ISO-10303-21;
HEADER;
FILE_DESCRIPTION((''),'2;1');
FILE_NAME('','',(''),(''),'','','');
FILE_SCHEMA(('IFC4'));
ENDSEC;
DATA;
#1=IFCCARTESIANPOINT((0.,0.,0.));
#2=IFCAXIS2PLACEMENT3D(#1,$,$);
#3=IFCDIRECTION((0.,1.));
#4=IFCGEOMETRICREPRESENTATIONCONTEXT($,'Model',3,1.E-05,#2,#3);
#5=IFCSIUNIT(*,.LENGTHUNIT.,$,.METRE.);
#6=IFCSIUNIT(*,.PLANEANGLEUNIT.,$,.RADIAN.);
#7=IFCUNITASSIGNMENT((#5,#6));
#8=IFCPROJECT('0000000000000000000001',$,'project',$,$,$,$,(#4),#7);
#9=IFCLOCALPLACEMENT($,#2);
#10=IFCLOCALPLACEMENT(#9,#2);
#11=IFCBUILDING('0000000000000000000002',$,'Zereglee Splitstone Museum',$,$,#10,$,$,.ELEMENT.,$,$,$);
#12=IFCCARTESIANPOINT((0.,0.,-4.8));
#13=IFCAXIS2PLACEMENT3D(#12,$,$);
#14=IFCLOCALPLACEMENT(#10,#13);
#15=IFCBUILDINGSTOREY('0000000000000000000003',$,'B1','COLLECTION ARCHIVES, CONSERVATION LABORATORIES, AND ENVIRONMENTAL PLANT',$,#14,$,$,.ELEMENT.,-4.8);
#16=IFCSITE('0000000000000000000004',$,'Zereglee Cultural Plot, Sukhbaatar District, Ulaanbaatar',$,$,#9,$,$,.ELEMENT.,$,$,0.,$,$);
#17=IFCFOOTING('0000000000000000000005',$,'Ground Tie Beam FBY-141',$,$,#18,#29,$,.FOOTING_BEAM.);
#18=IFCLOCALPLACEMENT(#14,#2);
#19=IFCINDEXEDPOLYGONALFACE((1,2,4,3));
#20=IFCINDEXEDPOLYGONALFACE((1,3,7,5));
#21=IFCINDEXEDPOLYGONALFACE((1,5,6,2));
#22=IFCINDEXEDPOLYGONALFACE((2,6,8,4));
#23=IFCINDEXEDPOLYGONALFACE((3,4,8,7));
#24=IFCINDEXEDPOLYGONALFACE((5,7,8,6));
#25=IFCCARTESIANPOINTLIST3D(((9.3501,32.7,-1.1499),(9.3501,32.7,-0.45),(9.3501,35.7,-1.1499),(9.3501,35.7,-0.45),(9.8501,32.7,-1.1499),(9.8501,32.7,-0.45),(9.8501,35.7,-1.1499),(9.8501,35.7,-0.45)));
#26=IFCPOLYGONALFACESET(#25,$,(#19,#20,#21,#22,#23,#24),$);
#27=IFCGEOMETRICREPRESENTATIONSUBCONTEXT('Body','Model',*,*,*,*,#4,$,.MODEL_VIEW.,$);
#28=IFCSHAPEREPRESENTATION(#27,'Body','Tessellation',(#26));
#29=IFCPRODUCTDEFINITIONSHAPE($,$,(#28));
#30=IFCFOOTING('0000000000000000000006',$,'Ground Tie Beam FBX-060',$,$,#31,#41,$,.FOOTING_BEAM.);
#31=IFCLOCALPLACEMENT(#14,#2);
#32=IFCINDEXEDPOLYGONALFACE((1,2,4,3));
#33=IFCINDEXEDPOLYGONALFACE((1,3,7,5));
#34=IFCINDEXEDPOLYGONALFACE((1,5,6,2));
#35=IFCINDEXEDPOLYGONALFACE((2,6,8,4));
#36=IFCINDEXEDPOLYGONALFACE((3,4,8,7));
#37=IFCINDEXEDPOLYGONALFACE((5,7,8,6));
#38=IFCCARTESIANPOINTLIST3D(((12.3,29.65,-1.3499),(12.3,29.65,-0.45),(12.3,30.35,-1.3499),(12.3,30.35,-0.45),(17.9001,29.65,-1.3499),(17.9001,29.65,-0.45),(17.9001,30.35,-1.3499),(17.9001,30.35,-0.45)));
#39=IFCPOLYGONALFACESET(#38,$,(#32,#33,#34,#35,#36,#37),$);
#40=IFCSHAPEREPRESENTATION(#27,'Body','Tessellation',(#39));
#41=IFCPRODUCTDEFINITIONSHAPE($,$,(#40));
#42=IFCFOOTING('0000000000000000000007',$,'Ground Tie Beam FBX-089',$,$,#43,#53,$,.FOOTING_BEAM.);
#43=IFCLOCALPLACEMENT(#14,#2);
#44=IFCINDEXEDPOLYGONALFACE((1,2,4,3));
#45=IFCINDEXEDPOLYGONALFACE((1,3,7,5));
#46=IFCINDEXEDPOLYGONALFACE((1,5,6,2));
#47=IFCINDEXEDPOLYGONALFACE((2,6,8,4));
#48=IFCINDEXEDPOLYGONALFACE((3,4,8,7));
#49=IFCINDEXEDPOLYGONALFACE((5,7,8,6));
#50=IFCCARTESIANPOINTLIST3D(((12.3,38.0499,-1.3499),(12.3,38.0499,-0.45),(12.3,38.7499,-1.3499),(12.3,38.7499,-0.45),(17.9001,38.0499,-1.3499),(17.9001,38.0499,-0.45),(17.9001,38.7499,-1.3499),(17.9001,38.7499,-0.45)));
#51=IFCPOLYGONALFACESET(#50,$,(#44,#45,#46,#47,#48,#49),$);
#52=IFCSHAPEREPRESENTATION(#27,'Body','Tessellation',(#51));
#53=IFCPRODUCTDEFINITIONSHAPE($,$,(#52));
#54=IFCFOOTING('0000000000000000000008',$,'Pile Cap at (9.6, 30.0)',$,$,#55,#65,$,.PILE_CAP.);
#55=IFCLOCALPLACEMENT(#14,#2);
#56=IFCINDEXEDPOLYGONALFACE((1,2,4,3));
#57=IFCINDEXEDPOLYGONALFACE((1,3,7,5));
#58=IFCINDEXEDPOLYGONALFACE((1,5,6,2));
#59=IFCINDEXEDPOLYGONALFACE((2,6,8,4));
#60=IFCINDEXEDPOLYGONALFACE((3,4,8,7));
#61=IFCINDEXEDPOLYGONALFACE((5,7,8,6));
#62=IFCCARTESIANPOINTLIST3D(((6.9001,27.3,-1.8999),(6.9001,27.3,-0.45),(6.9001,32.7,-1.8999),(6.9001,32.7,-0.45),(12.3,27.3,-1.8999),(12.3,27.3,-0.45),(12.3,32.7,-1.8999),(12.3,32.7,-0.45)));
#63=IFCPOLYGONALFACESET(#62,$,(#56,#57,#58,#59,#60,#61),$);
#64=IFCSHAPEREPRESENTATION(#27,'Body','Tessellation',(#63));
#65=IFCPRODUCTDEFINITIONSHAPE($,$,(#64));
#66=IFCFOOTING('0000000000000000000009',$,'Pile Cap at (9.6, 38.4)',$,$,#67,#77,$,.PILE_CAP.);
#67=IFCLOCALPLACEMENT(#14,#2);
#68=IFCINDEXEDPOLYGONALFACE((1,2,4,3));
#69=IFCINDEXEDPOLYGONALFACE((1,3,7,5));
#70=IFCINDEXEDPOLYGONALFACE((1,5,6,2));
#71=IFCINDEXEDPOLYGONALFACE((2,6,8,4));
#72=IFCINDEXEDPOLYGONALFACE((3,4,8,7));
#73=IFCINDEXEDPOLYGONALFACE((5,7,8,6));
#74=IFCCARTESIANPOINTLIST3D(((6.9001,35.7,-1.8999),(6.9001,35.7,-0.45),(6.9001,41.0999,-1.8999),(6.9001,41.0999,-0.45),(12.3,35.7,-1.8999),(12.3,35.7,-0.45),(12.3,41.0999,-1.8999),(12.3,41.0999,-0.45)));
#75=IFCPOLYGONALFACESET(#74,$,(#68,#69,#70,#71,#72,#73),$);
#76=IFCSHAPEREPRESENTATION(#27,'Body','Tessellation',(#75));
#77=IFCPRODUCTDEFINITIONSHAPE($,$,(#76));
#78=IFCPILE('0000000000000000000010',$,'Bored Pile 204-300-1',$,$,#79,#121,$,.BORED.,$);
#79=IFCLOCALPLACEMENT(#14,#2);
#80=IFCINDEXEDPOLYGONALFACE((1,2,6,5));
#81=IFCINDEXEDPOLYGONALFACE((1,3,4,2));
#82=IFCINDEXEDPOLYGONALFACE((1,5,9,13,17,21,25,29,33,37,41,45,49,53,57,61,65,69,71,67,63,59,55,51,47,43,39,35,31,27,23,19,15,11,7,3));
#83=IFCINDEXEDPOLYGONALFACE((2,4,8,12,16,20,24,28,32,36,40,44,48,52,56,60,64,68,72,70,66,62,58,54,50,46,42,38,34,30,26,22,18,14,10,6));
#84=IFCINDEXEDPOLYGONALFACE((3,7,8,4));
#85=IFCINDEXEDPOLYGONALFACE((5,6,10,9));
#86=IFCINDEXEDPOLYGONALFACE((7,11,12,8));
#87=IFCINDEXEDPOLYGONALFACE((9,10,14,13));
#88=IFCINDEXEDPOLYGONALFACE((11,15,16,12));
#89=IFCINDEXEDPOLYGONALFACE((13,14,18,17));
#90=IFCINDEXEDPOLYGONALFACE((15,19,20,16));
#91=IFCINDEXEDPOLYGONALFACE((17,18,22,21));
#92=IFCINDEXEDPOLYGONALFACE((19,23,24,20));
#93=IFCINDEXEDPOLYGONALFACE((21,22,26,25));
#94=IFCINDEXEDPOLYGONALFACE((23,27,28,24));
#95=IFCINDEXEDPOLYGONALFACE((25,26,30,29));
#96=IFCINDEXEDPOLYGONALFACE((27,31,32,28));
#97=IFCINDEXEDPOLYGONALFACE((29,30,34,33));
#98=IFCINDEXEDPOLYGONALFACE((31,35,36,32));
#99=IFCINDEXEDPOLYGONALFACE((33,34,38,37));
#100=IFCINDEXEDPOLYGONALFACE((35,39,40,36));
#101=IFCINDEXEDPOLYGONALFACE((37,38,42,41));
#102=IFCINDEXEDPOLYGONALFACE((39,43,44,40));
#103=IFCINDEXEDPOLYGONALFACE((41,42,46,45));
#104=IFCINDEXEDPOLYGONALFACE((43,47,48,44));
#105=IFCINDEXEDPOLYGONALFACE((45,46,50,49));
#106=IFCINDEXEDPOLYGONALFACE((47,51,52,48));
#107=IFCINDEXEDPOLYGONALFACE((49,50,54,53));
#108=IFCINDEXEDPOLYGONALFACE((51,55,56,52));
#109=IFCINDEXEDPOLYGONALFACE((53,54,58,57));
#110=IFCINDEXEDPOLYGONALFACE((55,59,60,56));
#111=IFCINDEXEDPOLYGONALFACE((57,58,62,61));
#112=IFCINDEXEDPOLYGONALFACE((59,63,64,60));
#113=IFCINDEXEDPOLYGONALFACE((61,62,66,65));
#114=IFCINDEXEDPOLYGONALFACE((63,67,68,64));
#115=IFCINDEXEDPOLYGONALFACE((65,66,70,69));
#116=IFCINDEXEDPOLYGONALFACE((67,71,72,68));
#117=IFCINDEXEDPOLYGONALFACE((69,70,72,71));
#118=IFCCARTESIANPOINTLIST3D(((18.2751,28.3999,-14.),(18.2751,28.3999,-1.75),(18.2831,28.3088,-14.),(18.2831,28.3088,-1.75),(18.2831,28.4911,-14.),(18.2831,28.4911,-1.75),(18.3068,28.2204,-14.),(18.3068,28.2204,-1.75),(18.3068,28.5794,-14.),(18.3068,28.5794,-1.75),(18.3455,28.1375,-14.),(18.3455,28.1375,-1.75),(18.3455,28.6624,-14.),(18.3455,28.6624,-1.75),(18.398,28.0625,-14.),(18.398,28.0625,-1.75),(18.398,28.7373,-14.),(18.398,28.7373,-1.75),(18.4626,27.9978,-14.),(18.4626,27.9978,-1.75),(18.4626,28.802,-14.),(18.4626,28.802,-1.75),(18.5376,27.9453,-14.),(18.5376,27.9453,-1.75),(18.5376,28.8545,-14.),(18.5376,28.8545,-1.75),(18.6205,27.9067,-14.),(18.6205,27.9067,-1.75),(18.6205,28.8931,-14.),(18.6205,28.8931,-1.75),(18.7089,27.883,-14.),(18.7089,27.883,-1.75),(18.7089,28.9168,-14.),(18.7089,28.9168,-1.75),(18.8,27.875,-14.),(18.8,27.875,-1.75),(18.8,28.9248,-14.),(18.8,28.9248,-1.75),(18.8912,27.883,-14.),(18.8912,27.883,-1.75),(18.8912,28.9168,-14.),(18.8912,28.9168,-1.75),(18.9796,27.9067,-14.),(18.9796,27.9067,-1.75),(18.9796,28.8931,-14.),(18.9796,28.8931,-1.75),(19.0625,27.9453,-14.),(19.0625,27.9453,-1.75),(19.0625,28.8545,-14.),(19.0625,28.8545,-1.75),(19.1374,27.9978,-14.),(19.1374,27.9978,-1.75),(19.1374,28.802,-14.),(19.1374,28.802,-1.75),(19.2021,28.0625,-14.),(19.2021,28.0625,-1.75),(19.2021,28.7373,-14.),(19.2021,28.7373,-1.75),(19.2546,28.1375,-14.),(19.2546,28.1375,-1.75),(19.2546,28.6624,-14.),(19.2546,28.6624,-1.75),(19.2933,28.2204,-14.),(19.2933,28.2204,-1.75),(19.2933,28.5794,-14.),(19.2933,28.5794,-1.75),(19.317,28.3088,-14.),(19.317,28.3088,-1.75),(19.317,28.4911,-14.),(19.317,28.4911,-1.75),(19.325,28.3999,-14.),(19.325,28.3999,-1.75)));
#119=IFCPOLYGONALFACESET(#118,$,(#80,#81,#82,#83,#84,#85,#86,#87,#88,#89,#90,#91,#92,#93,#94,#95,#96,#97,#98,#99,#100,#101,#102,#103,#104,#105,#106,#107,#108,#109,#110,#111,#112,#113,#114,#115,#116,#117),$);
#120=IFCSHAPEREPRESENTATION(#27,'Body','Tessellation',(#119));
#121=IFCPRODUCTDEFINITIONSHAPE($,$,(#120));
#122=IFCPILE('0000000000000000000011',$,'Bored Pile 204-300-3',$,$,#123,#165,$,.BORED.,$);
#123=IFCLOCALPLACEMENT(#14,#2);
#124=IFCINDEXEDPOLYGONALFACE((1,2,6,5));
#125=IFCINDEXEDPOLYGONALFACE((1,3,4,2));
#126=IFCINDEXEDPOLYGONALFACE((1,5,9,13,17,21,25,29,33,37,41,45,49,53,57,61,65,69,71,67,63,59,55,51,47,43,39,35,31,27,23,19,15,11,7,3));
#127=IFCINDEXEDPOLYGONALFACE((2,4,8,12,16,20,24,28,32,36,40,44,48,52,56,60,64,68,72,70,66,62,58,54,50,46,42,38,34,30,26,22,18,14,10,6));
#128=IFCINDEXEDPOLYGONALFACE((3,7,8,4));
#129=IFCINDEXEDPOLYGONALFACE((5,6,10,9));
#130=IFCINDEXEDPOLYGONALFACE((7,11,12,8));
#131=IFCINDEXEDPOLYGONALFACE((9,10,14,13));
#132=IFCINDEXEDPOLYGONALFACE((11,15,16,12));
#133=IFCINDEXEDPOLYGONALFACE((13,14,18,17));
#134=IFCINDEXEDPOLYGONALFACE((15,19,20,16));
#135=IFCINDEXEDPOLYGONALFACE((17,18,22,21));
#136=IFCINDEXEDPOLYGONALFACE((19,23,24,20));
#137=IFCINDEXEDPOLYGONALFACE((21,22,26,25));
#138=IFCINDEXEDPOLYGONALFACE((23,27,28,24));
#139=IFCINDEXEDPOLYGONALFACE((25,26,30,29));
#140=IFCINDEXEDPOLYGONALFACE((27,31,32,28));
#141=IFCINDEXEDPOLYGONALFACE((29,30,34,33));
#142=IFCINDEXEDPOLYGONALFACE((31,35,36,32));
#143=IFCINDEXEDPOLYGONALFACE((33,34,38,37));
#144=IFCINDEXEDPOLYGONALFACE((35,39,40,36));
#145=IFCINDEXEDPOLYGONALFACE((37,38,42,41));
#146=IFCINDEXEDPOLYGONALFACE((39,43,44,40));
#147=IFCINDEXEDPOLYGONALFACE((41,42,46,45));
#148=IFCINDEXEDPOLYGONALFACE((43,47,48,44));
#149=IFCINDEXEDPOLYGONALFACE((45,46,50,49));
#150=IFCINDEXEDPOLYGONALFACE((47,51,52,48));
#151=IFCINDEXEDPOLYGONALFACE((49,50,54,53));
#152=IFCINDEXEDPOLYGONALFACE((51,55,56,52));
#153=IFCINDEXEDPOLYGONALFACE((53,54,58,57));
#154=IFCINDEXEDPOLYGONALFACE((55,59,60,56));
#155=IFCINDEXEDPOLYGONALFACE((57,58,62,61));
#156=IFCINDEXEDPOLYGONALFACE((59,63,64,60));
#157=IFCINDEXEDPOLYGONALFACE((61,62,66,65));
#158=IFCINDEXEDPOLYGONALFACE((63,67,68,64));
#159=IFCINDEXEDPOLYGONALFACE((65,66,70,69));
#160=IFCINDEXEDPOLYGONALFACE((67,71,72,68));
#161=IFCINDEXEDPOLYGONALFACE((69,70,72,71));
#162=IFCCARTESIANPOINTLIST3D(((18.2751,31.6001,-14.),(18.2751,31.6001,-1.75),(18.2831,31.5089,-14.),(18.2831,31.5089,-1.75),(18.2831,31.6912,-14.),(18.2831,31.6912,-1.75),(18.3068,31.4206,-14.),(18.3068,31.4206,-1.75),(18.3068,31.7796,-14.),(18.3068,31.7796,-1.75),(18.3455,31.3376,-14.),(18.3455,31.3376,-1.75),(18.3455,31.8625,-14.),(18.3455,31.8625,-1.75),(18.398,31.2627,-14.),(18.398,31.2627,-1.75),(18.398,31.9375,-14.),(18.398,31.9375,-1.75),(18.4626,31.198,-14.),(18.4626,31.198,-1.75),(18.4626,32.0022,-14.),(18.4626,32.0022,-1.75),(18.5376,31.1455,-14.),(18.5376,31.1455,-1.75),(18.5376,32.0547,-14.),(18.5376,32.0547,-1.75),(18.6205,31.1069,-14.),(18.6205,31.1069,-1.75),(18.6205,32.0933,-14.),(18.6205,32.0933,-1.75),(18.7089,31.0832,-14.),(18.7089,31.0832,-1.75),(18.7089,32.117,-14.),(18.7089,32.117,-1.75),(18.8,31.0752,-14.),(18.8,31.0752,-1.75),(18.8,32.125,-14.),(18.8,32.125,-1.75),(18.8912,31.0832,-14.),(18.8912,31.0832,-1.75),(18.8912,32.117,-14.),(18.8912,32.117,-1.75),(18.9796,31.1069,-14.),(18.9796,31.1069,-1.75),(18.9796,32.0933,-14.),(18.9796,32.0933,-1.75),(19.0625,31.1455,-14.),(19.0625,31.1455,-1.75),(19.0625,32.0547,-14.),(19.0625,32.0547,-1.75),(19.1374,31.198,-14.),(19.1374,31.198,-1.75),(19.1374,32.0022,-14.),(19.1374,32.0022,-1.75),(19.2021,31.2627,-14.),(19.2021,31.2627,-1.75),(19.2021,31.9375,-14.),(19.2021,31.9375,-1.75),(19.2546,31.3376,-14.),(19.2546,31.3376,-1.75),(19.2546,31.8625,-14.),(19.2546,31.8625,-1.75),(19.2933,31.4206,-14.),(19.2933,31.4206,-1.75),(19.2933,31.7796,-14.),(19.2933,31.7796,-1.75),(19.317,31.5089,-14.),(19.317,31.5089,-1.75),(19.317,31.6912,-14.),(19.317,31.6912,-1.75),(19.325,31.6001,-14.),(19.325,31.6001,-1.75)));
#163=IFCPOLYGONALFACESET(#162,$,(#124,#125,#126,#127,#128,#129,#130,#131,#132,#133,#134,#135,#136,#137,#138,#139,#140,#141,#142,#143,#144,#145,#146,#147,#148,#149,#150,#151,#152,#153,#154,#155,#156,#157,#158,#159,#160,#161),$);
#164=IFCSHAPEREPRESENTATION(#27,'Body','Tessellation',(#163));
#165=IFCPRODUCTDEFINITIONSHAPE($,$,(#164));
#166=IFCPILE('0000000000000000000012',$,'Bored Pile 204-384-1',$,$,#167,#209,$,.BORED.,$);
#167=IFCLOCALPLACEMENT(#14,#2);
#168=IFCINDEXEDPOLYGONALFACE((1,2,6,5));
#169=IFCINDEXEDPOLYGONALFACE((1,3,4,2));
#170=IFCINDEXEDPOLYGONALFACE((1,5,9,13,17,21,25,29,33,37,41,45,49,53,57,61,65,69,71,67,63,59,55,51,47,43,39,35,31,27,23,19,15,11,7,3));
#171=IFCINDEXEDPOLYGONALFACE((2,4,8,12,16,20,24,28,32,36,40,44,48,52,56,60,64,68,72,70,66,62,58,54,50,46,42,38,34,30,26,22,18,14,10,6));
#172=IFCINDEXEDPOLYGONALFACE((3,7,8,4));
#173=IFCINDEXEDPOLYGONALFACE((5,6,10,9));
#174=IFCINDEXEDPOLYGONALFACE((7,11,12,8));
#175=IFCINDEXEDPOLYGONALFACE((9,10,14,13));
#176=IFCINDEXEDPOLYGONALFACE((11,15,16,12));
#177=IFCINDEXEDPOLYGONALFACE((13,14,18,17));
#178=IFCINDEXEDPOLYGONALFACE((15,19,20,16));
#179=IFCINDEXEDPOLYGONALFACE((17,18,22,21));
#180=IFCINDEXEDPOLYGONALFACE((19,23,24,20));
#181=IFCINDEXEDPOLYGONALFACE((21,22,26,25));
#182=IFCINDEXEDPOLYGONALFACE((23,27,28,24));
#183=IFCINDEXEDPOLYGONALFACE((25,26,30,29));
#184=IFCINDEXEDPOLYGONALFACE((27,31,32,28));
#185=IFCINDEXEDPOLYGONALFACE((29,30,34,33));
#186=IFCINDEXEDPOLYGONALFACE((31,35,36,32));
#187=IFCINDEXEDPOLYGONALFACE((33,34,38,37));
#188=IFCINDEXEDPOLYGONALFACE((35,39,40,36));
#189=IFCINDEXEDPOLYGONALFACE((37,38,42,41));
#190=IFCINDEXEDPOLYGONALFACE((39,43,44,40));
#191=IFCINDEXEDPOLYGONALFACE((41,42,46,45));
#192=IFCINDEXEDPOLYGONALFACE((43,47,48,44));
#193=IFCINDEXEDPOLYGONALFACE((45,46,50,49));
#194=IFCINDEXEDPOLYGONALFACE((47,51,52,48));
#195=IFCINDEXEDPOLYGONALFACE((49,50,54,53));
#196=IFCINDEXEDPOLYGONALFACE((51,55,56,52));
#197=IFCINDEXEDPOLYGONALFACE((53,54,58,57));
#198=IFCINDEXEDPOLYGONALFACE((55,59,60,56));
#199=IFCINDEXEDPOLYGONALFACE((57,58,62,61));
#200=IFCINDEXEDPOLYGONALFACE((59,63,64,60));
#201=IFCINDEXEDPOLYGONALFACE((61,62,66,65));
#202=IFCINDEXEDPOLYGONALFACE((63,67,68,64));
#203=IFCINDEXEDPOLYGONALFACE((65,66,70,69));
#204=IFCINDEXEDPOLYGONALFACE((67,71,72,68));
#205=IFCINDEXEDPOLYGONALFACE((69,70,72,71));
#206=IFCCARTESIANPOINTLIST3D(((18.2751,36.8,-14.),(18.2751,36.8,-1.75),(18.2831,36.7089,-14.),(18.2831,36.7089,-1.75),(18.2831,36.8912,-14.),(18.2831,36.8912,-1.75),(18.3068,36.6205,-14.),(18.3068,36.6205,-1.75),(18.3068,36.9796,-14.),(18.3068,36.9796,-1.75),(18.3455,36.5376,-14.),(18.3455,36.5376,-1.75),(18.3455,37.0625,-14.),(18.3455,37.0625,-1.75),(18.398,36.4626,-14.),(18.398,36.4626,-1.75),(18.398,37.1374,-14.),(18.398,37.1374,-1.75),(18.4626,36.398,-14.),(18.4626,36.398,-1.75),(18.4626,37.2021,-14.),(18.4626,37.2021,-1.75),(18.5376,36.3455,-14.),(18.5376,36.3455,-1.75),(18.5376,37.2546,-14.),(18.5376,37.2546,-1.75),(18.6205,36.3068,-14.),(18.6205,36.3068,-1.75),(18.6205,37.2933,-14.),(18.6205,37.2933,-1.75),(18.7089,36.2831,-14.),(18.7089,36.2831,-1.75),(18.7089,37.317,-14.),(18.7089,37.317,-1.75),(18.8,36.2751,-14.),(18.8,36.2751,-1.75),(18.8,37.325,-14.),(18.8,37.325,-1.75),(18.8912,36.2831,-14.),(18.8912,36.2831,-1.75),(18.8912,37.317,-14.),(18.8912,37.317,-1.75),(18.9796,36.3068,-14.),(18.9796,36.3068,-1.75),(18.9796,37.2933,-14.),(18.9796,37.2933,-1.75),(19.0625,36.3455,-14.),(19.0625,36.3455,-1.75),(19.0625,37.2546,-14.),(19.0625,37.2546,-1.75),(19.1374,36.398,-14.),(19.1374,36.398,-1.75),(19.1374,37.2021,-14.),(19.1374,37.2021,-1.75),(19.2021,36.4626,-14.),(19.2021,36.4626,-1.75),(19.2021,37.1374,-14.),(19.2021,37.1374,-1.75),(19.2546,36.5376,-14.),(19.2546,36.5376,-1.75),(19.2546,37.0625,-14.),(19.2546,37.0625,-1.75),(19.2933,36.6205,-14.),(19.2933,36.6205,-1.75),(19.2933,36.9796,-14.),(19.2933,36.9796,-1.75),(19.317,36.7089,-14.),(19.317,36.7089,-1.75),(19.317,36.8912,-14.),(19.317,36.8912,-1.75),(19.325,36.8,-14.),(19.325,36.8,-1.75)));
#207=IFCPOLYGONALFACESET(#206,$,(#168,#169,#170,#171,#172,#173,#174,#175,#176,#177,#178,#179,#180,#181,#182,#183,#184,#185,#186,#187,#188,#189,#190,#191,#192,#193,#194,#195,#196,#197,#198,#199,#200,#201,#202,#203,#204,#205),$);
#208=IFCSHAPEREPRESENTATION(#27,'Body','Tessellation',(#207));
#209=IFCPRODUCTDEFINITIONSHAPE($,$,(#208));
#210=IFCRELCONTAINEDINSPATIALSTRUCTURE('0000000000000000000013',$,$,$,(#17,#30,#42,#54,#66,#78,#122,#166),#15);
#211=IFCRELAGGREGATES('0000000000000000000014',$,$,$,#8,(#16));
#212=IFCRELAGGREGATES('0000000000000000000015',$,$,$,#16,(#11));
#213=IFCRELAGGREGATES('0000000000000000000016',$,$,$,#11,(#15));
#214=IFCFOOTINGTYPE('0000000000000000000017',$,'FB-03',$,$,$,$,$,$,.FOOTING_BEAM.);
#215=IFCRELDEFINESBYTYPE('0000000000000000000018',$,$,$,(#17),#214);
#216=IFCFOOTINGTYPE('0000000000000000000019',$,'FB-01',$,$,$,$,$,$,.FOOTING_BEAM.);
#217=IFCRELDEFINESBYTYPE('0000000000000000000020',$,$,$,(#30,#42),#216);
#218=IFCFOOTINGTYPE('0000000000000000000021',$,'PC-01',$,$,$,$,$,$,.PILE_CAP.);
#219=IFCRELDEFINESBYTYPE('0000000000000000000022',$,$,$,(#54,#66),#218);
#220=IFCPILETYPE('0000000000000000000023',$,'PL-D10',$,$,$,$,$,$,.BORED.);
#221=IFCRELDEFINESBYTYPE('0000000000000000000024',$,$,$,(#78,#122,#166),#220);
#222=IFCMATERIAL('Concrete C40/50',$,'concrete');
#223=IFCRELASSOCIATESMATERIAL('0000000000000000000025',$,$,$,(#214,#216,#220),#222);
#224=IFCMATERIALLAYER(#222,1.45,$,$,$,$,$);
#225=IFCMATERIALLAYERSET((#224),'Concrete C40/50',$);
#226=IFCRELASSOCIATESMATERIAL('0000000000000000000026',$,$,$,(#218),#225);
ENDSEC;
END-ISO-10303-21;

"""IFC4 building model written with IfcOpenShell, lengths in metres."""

from ifc_helpers import new_model, si_unit, direction, frame, origin, origin_2d, place, context, subcontext, project, spatial, rectangle, circle, extrude, material, layer, layer_set, material_profile, profile_set, type_object, element, save


model = new_model("IFC4")

# Units and contexts
model_context = context("Model", 3, precision=1e-05, world=origin(), true_north=direction((0.0, 1.0)))
body_context = subcontext(model_context, "Body", "Model", "MODEL_VIEW")
ifc_project = project(units=[si_unit("LENGTHUNIT", "METRE"), si_unit("PLANEANGLEUNIT", "RADIAN")], contexts=[model_context])

# Site, building, storey
site_placement = place(None, origin())
site = spatial("IfcSite", under=ifc_project, at=site_placement, Name="Zereglee Cultural Plot, Sukhbaatar District, Ulaanbaatar", CompositionType="ELEMENT", RefElevation=0.0)
building_placement = place(site_placement, origin())
building = spatial("IfcBuilding", under=site, at=building_placement, Name="Zereglee Splitstone Museum", CompositionType="ELEMENT")
storey_placement = place(building_placement, frame((0.0, 0.0, -4.8)))
storey = spatial("IfcBuildingStorey", under=building, at=storey_placement, Name="B1", Description="COLLECTION ARCHIVES, CONSERVATION LABORATORIES, AND ENVIRONMENTAL PLANT", CompositionType="ELEMENT", Elevation=-4.8)

# Footings
ifc_material_1 = material(Name="Concrete C40/50", Category="concrete")
footing_type_1 = type_object("IfcFootingType", Name="FB-03", PredefinedType="FOOTING_BEAM", material=ifc_material_1)
footing_placement = place(storey_placement, frame((9.6001, 34.2, -1.1499), z_axis=(0.0, 0.0, 1.0), x_axis=(0.0, 1.0, 0.0)))
element("IfcFooting", 1, at=footing_placement, inside=storey, type_object=footing_type_1, Name="Ground Tie Beam FBY-141", PredefinedType="FOOTING_BEAM", context=body_context, shape_type="SweptSolid", body=[
    extrude(rectangle(XDim=3.0, YDim=0.5, at=origin_2d()), origin(), (0.0, 0.0, 1.0), 0.7),
])
footing_type_2 = type_object("IfcFootingType", Name="FB-01", PredefinedType="FOOTING_BEAM", material=ifc_material_1)
for number, where, z_axis, x_axis, name in (
    (2, (15.1001, 30.0, -1.3499), (0.0, 0.0, 1.0), (1.0, 0.0, 0.0), "Ground Tie Beam FBX-060"),
    (3, (15.1001, 38.3999, -1.3499), (0.0, 0.0, 1.0), (1.0, 0.0, 0.0), "Ground Tie Beam FBX-089"),
):
    element("IfcFooting", number, at=place(storey_placement, frame(where, z_axis=z_axis, x_axis=x_axis)), inside=storey, type_object=footing_type_2, Name=name, PredefinedType="FOOTING_BEAM", context=body_context, shape_type="SweptSolid", body=[
        extrude(rectangle(XDim=5.6001, YDim=0.7, at=origin_2d()), origin(), (0.0, 0.0, 1.0), 0.8999),
    ])
ifc_layer_1 = layer(ifc_material_1, 1.45)
ifc_layer_set_1 = layer_set([ifc_layer_1], Name="Concrete C40/50")
footing_type_3 = type_object("IfcFootingType", Name="PC-01", PredefinedType="PILE_CAP", material=ifc_layer_set_1)
for number, where, z_axis, x_axis, name in (
    (4, (9.6001, 30.0, -1.8999), (0.0, 0.0, 1.0), (1.0, 0.0, 0.0), "Pile Cap at (9.6, 30.0)"),
    (5, (9.6001, 38.3999, -1.8999), (0.0, 0.0, 1.0), (1.0, 0.0, 0.0), "Pile Cap at (9.6, 38.4)"),
):
    element("IfcFooting", number, at=place(storey_placement, frame(where, z_axis=z_axis, x_axis=x_axis)), inside=storey, type_object=footing_type_3, Name=name, PredefinedType="PILE_CAP", context=body_context, shape_type="SweptSolid", body=[
        extrude(rectangle(XDim=5.3999, YDim=5.3999, at=origin_2d()), origin(), (0.0, 0.0, 1.0), 1.45),
    ])

# Piles
ifc_material_profile_1 = material_profile(ifc_material_1, circle(Radius=0.5249, at=origin_2d()), Name="PILE D1050")
ifc_profile_set_1 = profile_set([ifc_material_profile_1], Name="Concrete C40/50")
pile_type_1 = type_object("IfcPileType", Name="PL-D10", PredefinedType="BORED", material=ifc_profile_set_1)
for number, where, z_axis, x_axis, name in (
    (6, (18.8, 28.3999, -1.75), (0.0, 0.0, -1.0), (1.0, 0.0, 0.0), "Bored Pile 204-300-1"),
    (7, (18.8, 31.6001, -1.75), (0.0, 0.0, -1.0), (1.0, 0.0, 0.0), "Bored Pile 204-300-3"),
    (8, (18.8, 36.8, -1.75), (0.0, 0.0, -1.0), (1.0, 0.0, 0.0), "Bored Pile 204-384-1"),
):
    element("IfcPile", number, at=place(storey_placement, frame(where, z_axis=z_axis, x_axis=x_axis)), inside=storey, type_object=pile_type_1, Name=name, PredefinedType="BORED", context=body_context, shape_type="SweptSolid", body=[
        extrude(circle(Radius=0.5249, at=origin_2d()), origin(), (0.0, 0.0, 1.0), 12.25),
    ])

save(model, "model.ifc")
